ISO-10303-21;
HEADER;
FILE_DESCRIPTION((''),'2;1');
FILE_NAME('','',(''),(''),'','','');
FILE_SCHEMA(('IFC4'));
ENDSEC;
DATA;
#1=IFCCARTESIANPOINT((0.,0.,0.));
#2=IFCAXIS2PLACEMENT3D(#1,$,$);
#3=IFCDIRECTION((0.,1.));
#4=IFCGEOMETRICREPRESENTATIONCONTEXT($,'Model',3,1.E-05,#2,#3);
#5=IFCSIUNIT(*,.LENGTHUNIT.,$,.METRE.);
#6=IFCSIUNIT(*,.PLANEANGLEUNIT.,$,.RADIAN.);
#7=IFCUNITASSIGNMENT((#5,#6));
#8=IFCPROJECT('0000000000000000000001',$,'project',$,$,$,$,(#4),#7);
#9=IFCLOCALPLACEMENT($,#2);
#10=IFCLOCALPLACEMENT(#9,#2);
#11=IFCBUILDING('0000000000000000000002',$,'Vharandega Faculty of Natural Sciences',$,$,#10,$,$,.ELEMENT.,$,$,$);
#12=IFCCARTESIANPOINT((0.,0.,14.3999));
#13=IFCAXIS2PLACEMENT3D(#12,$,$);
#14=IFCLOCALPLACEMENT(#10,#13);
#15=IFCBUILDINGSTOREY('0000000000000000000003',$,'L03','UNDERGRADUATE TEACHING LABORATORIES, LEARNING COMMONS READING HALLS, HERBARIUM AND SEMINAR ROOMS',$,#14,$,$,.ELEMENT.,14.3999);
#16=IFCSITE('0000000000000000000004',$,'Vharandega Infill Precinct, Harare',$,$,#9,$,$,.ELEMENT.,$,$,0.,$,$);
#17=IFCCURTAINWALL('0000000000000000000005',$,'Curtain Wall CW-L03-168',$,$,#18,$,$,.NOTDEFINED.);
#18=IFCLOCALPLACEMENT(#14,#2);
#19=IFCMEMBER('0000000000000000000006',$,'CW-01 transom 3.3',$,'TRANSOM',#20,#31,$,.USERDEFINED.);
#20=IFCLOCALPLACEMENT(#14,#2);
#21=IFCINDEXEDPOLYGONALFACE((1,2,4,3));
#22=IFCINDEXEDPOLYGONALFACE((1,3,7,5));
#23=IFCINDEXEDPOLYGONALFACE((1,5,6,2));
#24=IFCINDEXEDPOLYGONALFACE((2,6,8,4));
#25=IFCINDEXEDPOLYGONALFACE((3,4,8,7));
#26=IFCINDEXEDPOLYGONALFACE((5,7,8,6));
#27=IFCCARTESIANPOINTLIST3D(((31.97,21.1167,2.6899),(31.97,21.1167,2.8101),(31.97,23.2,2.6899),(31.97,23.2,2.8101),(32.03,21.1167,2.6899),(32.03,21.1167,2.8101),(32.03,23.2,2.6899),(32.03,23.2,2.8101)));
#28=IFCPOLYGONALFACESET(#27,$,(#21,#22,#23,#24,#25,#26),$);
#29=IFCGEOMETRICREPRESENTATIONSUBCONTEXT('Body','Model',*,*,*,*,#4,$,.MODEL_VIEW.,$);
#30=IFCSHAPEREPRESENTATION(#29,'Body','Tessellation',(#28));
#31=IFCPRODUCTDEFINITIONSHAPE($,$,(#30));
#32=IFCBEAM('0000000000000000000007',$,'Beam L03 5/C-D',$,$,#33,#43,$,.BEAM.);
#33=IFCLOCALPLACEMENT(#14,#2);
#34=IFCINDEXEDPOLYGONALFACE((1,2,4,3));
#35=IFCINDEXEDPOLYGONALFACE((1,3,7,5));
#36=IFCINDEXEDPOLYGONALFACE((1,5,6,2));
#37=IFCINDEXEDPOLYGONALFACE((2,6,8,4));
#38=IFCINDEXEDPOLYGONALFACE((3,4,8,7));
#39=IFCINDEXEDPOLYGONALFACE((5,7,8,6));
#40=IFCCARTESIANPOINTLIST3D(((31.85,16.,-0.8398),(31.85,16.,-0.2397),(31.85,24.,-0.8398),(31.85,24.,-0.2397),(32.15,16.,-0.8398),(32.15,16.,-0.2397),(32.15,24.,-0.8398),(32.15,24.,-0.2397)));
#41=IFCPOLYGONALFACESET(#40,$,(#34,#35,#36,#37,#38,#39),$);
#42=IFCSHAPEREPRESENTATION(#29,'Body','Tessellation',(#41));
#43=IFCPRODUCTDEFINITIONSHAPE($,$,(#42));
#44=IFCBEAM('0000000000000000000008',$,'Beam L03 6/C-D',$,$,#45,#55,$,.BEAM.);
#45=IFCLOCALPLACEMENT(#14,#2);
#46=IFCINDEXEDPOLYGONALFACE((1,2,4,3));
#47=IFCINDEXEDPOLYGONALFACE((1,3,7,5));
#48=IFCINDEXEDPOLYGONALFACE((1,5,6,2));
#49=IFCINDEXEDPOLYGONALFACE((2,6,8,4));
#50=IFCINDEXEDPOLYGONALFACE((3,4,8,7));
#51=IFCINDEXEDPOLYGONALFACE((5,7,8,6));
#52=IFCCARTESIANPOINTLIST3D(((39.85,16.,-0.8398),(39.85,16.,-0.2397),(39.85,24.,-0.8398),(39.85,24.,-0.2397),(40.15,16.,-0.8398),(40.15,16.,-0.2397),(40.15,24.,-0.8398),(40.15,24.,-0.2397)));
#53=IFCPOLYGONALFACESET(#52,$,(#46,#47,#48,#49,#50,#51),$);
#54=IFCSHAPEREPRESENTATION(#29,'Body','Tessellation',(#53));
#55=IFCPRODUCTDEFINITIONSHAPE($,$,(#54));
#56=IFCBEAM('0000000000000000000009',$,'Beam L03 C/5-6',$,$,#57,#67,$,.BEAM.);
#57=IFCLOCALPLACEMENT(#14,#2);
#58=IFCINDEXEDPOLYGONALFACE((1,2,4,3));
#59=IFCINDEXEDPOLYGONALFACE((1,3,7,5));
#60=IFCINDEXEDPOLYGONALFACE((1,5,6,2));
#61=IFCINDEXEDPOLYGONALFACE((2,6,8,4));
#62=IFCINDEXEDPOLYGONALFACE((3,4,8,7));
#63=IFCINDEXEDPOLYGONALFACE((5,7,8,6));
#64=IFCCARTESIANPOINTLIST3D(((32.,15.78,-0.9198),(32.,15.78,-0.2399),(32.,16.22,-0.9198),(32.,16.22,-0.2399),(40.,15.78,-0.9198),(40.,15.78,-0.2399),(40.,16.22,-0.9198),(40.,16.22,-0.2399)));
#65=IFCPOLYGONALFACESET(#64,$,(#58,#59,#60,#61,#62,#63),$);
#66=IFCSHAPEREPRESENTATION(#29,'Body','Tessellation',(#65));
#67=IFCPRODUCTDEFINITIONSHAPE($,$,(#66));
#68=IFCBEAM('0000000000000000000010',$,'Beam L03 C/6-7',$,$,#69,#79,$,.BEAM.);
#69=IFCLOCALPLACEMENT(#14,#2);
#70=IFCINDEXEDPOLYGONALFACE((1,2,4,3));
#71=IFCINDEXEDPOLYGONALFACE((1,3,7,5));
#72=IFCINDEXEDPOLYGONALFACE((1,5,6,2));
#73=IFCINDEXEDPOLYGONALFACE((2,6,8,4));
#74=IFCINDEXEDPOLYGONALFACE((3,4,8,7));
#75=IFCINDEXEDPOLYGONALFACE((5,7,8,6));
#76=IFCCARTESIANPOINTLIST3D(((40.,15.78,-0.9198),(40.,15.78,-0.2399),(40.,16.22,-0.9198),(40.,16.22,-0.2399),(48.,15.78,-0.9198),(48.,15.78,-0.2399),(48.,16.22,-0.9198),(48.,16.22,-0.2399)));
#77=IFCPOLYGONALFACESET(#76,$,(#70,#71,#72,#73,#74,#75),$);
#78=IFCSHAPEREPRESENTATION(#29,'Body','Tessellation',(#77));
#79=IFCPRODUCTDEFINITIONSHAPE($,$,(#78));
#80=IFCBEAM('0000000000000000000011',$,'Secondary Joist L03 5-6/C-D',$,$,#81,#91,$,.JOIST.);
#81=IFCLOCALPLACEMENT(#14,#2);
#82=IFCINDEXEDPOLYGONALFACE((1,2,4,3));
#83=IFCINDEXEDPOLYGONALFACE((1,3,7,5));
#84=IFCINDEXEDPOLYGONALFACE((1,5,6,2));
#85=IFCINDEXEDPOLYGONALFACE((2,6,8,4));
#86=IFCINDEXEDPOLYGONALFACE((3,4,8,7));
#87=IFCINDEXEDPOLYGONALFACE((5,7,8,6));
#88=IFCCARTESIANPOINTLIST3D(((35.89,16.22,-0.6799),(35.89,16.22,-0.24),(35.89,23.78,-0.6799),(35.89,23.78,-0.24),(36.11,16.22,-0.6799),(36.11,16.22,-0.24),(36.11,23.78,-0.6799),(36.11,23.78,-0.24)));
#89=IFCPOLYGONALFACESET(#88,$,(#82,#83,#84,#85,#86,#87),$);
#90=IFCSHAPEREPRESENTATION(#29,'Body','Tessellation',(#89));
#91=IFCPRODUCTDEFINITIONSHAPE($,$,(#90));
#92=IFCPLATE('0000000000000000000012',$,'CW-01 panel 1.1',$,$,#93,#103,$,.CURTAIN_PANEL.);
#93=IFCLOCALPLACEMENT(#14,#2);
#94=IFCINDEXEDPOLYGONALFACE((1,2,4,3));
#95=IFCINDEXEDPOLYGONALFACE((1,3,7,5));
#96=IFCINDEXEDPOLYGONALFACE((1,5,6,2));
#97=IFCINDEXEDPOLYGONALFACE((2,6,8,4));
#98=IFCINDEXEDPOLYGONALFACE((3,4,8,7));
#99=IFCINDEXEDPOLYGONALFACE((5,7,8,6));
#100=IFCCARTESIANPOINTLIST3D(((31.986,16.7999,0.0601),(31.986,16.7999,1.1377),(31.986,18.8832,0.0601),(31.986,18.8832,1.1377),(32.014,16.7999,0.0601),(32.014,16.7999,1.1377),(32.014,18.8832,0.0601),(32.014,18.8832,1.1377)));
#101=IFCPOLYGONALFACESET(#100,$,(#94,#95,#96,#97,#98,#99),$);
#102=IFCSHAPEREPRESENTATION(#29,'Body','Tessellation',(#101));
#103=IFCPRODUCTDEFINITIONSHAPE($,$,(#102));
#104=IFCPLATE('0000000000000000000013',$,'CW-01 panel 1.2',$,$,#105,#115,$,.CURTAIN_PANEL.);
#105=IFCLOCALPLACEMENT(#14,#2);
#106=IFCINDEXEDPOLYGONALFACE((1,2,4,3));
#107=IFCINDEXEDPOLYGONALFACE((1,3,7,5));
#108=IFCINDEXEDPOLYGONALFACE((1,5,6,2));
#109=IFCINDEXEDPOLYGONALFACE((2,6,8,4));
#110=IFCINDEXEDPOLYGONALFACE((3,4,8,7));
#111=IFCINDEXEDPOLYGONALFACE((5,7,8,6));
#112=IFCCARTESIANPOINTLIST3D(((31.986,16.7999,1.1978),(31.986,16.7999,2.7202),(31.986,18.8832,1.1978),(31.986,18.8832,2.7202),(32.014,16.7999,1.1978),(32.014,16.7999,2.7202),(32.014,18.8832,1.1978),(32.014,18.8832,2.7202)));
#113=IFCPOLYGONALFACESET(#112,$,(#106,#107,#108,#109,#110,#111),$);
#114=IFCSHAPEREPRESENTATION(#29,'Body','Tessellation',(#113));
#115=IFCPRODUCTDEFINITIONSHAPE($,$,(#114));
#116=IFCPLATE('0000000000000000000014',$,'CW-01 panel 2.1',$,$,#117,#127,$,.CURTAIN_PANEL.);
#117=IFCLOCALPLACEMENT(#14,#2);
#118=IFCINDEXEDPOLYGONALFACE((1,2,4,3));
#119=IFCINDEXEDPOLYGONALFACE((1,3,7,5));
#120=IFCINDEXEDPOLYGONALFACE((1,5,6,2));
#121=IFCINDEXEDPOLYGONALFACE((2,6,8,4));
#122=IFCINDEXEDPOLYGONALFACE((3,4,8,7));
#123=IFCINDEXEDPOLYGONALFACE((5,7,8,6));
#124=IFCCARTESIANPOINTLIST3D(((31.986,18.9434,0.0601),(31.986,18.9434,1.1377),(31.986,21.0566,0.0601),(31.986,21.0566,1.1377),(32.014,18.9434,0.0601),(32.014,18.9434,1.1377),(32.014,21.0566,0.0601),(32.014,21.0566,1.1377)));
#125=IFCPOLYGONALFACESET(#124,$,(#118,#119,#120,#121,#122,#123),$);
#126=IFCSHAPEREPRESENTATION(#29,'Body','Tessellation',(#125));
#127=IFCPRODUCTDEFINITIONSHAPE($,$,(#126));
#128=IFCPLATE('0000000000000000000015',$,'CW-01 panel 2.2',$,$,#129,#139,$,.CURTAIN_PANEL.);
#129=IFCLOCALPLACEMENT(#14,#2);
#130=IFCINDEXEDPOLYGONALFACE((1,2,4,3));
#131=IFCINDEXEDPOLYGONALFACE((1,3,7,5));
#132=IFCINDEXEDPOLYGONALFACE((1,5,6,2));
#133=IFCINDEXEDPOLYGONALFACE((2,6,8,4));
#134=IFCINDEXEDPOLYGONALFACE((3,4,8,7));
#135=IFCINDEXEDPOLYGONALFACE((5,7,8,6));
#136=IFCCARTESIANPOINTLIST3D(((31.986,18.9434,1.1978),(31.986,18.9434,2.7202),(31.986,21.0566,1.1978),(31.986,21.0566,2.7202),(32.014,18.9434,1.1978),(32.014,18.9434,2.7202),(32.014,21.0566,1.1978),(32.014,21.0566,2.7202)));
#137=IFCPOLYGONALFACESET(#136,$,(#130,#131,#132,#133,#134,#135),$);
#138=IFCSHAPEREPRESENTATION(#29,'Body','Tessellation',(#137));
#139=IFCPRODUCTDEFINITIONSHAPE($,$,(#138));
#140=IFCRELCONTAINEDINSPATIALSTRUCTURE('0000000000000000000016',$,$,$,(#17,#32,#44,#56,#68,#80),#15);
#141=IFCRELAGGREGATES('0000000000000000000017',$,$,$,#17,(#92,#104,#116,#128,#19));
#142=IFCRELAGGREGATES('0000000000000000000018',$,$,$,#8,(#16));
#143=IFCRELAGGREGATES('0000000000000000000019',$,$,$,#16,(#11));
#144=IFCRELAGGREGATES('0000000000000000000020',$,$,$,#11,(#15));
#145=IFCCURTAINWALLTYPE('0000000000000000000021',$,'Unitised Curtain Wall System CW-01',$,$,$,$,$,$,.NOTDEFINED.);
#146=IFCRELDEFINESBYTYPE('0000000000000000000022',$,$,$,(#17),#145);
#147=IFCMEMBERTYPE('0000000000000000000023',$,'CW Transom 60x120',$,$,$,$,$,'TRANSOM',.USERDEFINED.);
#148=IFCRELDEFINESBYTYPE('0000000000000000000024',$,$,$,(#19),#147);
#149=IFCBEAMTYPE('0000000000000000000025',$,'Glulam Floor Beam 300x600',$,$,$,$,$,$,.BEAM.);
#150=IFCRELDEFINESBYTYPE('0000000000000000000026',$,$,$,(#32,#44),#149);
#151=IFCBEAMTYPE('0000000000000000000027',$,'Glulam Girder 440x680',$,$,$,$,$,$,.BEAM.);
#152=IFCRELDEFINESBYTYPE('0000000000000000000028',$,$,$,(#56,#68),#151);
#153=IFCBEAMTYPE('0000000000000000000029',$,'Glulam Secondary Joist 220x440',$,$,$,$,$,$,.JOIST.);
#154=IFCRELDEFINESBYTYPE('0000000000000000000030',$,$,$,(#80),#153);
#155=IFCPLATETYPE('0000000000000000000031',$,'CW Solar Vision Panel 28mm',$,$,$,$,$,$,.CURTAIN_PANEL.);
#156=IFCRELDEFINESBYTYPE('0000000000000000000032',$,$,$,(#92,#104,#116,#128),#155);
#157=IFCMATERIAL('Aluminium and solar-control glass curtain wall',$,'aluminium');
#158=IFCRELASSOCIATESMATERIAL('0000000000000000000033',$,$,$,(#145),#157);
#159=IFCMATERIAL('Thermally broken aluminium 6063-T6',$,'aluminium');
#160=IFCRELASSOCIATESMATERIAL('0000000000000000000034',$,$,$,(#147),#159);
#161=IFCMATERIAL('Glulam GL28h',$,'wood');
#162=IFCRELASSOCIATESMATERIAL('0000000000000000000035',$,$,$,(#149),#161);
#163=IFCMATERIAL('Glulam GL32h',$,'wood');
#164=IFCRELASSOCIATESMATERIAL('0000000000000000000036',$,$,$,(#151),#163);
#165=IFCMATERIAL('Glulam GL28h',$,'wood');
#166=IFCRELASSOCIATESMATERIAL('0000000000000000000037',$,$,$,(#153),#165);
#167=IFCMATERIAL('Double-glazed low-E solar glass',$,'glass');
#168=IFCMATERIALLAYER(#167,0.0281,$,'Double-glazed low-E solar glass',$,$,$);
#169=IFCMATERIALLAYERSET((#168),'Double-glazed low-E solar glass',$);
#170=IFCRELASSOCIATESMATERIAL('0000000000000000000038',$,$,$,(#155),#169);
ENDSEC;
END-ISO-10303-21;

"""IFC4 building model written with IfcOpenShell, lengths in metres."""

from ifc_helpers import new_model, si_unit, direction, frame, origin, origin_2d, place, context, subcontext, project, spatial, rectangle, extrude, material, layer, layer_set, material_profile, profile_set, type_object, element, aggregate, save


model = new_model("IFC4")

# Units and contexts
model_context = context("Model", 3, precision=1e-05, world=origin(), true_north=direction((0.0, 1.0)))
body_context = subcontext(model_context, "Body", "Model", "MODEL_VIEW")
ifc_project = project(units=[si_unit("LENGTHUNIT", "METRE"), si_unit("PLANEANGLEUNIT", "RADIAN")], contexts=[model_context])

# Site, building, storey
site_placement = place(None, origin())
site = spatial("IfcSite", under=ifc_project, at=site_placement, Name="Vharandega Infill Precinct, Harare", CompositionType="ELEMENT", RefElevation=0.0)
building_placement = place(site_placement, origin())
building = spatial("IfcBuilding", under=site, at=building_placement, Name="Vharandega Faculty of Natural Sciences", CompositionType="ELEMENT")
storey_placement = place(building_placement, frame((0.0, 0.0, 14.3999)))
storey = spatial("IfcBuildingStorey", under=building, at=storey_placement, Name="L03", Description="UNDERGRADUATE TEACHING LABORATORIES, LEARNING COMMONS READING HALLS, HERBARIUM AND SEMINAR ROOMS", CompositionType="ELEMENT", Elevation=14.3999)

# Curtain wall, member
ifc_material_1 = material(Name="Aluminium and solar-control glass curtain wall", Category="aluminium")
curtain_wall_type_1 = type_object("IfcCurtainWallType", Name="Unitised Curtain Wall System CW-01", PredefinedType="NOTDEFINED", material=ifc_material_1)
curtain_wall_1_placement = place(storey_placement, origin())
curtain_wall_1 = element("IfcCurtainWall", 1, at=curtain_wall_1_placement, inside=storey, type_object=curtain_wall_type_1, Name="Curtain Wall CW-L03-168", PredefinedType="NOTDEFINED")
ifc_material_2 = material(Name="Thermally broken aluminium 6063-T6", Category="aluminium")
ifc_material_profile_1 = material_profile(ifc_material_2, rectangle(XDim=0.0601, YDim=0.1201, at=origin_2d()), Name="ALU 60x120")
ifc_profile_set_1 = profile_set([ifc_material_profile_1], Name="Thermally broken aluminium 6063-T6")
member_type_1 = type_object("IfcMemberType", Name="CW Transom 60x120", ElementType="TRANSOM", PredefinedType="USERDEFINED", material=ifc_profile_set_1)
member_1_placement = place(storey_placement, frame((32.0, 21.1167, 2.75), z_axis=(0.0, 1.0, 0.0), x_axis=(-1.0, 0.0, 0.0)))
member_1 = element("IfcMember", 2, at=member_1_placement, type_object=member_type_1, Name="CW-01 transom 3.3", ObjectType="TRANSOM", PredefinedType="USERDEFINED", context=body_context, shape_type="SweptSolid", body=[
    extrude(rectangle(XDim=0.0601, YDim=0.1201, at=origin_2d()), origin(), (0.0, 0.0, 1.0), 2.0833),
])

# Beams
ifc_material_3 = material(Name="Glulam GL28h", Category="wood")
ifc_material_profile_2 = material_profile(ifc_material_3, rectangle(XDim=0.3, YDim=0.6001, at=origin_2d()), Name="GL28h 300x600")
ifc_profile_set_2 = profile_set([ifc_material_profile_2], Name="Glulam GL28h")
beam_type_1 = type_object("IfcBeamType", Name="Glulam Floor Beam 300x600", PredefinedType="BEAM", material=ifc_profile_set_2)
for number, where, z_axis, x_axis, name in (
    (3, (32.0, 16.0, -0.5398), (0.0, 1.0, 0.0), (-1.0, 0.0, 0.0), "Beam L03 5/C-D"),
    (4, (40.0, 16.0, -0.5398), (0.0, 1.0, 0.0), (-1.0, 0.0, 0.0), "Beam L03 6/C-D"),
):
    element("IfcBeam", number, at=place(storey_placement, frame(where, z_axis=z_axis, x_axis=x_axis)), inside=storey, type_object=beam_type_1, Name=name, PredefinedType="BEAM", context=body_context, shape_type="SweptSolid", body=[
        extrude(rectangle(XDim=0.3, YDim=0.6001, at=origin_2d()), origin(), (0.0, 0.0, 1.0), 8.0),
    ])
ifc_material_4 = material(Name="Glulam GL32h", Category="wood")
ifc_material_profile_3 = material_profile(ifc_material_4, rectangle(XDim=0.4399, YDim=0.6799, at=origin_2d()), Name="GL32h 440x680")
ifc_profile_set_3 = profile_set([ifc_material_profile_3], Name="Glulam GL32h")
beam_type_2 = type_object("IfcBeamType", Name="Glulam Girder 440x680", PredefinedType="BEAM", material=ifc_profile_set_3)
for number, where, z_axis, x_axis, name in (
    (5, (32.0, 16.0, -0.5798), (1.0, 0.0, 0.0), (0.0, 1.0, 0.0), "Beam L03 C/5-6"),
    (6, (40.0, 16.0, -0.5798), (1.0, 0.0, 0.0), (0.0, 1.0, 0.0), "Beam L03 C/6-7"),
):
    element("IfcBeam", number, at=place(storey_placement, frame(where, z_axis=z_axis, x_axis=x_axis)), inside=storey, type_object=beam_type_2, Name=name, PredefinedType="BEAM", context=body_context, shape_type="SweptSolid", body=[
        extrude(rectangle(XDim=0.4399, YDim=0.6799, at=origin_2d()), origin(), (0.0, 0.0, 1.0), 8.0),
    ])
ifc_material_5 = material(Name="Glulam GL28h", Category="wood")
ifc_material_profile_4 = material_profile(ifc_material_5, rectangle(XDim=0.22, YDim=0.4399, at=origin_2d()), Name="GL28h 220x440")
ifc_profile_set_4 = profile_set([ifc_material_profile_4], Name="Glulam GL28h")
beam_type_3 = type_object("IfcBeamType", Name="Glulam Secondary Joist 220x440", PredefinedType="JOIST", material=ifc_profile_set_4)
beam_placement = place(storey_placement, frame((36.0, 16.22, -0.46), z_axis=(0.0, 1.0, 0.0), x_axis=(-1.0, 0.0, 0.0)))
element("IfcBeam", 7, at=beam_placement, inside=storey, type_object=beam_type_3, Name="Secondary Joist L03 5-6/C-D", PredefinedType="JOIST", context=body_context, shape_type="SweptSolid", body=[
    extrude(rectangle(XDim=0.22, YDim=0.4399, at=origin_2d()), origin(), (0.0, 0.0, 1.0), 7.5601),
])

# Plates
ifc_material_6 = material(Name="Double-glazed low-E solar glass", Category="glass")
ifc_layer = layer(ifc_material_6, 0.0281, Name="Double-glazed low-E solar glass")
ifc_layer_set = layer_set([ifc_layer], Name="Double-glazed low-E solar glass")
plate_type = type_object("IfcPlateType", Name="CW Solar Vision Panel 28mm", PredefinedType="CURTAIN_PANEL", material=ifc_layer_set)
plate_1_placement = place(storey_placement, frame((32.0, 17.8416, 0.0601), z_axis=(0.0, 0.0, 1.0), x_axis=(0.0, 1.0, 0.0)))
plate_1 = element("IfcPlate", 8, at=plate_1_placement, type_object=plate_type, Name="CW-01 panel 1.1", PredefinedType="CURTAIN_PANEL", context=body_context, shape_type="SweptSolid", body=[
    extrude(rectangle(XDim=2.0833, YDim=0.0281, at=origin_2d()), origin(), (0.0, 0.0, 1.0), 1.0776),
])
plate_2_placement = place(storey_placement, frame((32.0, 17.8416, 1.1978), z_axis=(0.0, 0.0, 1.0), x_axis=(0.0, 1.0, 0.0)))
plate_2 = element("IfcPlate", 9, at=plate_2_placement, type_object=plate_type, Name="CW-01 panel 1.2", PredefinedType="CURTAIN_PANEL", context=body_context, shape_type="SweptSolid", body=[
    extrude(rectangle(XDim=2.0833, YDim=0.0281, at=origin_2d()), origin(), (0.0, 0.0, 1.0), 1.5225),
])
plate_3_placement = place(storey_placement, frame((32.0, 20.0, 0.0601), z_axis=(0.0, 0.0, 1.0), x_axis=(0.0, 1.0, 0.0)))
plate_3 = element("IfcPlate", 10, at=plate_3_placement, type_object=plate_type, Name="CW-01 panel 2.1", PredefinedType="CURTAIN_PANEL", context=body_context, shape_type="SweptSolid", body=[
    extrude(rectangle(XDim=2.1133, YDim=0.0281, at=origin_2d()), origin(), (0.0, 0.0, 1.0), 1.0776),
])
plate_4_placement = place(storey_placement, frame((32.0, 20.0, 1.1978), z_axis=(0.0, 0.0, 1.0), x_axis=(0.0, 1.0, 0.0)))
plate_4 = element("IfcPlate", 11, at=plate_4_placement, type_object=plate_type, Name="CW-01 panel 2.2", PredefinedType="CURTAIN_PANEL", context=body_context, shape_type="SweptSolid", body=[
    extrude(rectangle(XDim=2.1133, YDim=0.0281, at=origin_2d()), origin(), (0.0, 0.0, 1.0), 1.5225),
])
aggregate(curtain_wall_1, [plate_1, plate_2, plate_3, plate_4, member_1])

save(model, "model.ifc")
